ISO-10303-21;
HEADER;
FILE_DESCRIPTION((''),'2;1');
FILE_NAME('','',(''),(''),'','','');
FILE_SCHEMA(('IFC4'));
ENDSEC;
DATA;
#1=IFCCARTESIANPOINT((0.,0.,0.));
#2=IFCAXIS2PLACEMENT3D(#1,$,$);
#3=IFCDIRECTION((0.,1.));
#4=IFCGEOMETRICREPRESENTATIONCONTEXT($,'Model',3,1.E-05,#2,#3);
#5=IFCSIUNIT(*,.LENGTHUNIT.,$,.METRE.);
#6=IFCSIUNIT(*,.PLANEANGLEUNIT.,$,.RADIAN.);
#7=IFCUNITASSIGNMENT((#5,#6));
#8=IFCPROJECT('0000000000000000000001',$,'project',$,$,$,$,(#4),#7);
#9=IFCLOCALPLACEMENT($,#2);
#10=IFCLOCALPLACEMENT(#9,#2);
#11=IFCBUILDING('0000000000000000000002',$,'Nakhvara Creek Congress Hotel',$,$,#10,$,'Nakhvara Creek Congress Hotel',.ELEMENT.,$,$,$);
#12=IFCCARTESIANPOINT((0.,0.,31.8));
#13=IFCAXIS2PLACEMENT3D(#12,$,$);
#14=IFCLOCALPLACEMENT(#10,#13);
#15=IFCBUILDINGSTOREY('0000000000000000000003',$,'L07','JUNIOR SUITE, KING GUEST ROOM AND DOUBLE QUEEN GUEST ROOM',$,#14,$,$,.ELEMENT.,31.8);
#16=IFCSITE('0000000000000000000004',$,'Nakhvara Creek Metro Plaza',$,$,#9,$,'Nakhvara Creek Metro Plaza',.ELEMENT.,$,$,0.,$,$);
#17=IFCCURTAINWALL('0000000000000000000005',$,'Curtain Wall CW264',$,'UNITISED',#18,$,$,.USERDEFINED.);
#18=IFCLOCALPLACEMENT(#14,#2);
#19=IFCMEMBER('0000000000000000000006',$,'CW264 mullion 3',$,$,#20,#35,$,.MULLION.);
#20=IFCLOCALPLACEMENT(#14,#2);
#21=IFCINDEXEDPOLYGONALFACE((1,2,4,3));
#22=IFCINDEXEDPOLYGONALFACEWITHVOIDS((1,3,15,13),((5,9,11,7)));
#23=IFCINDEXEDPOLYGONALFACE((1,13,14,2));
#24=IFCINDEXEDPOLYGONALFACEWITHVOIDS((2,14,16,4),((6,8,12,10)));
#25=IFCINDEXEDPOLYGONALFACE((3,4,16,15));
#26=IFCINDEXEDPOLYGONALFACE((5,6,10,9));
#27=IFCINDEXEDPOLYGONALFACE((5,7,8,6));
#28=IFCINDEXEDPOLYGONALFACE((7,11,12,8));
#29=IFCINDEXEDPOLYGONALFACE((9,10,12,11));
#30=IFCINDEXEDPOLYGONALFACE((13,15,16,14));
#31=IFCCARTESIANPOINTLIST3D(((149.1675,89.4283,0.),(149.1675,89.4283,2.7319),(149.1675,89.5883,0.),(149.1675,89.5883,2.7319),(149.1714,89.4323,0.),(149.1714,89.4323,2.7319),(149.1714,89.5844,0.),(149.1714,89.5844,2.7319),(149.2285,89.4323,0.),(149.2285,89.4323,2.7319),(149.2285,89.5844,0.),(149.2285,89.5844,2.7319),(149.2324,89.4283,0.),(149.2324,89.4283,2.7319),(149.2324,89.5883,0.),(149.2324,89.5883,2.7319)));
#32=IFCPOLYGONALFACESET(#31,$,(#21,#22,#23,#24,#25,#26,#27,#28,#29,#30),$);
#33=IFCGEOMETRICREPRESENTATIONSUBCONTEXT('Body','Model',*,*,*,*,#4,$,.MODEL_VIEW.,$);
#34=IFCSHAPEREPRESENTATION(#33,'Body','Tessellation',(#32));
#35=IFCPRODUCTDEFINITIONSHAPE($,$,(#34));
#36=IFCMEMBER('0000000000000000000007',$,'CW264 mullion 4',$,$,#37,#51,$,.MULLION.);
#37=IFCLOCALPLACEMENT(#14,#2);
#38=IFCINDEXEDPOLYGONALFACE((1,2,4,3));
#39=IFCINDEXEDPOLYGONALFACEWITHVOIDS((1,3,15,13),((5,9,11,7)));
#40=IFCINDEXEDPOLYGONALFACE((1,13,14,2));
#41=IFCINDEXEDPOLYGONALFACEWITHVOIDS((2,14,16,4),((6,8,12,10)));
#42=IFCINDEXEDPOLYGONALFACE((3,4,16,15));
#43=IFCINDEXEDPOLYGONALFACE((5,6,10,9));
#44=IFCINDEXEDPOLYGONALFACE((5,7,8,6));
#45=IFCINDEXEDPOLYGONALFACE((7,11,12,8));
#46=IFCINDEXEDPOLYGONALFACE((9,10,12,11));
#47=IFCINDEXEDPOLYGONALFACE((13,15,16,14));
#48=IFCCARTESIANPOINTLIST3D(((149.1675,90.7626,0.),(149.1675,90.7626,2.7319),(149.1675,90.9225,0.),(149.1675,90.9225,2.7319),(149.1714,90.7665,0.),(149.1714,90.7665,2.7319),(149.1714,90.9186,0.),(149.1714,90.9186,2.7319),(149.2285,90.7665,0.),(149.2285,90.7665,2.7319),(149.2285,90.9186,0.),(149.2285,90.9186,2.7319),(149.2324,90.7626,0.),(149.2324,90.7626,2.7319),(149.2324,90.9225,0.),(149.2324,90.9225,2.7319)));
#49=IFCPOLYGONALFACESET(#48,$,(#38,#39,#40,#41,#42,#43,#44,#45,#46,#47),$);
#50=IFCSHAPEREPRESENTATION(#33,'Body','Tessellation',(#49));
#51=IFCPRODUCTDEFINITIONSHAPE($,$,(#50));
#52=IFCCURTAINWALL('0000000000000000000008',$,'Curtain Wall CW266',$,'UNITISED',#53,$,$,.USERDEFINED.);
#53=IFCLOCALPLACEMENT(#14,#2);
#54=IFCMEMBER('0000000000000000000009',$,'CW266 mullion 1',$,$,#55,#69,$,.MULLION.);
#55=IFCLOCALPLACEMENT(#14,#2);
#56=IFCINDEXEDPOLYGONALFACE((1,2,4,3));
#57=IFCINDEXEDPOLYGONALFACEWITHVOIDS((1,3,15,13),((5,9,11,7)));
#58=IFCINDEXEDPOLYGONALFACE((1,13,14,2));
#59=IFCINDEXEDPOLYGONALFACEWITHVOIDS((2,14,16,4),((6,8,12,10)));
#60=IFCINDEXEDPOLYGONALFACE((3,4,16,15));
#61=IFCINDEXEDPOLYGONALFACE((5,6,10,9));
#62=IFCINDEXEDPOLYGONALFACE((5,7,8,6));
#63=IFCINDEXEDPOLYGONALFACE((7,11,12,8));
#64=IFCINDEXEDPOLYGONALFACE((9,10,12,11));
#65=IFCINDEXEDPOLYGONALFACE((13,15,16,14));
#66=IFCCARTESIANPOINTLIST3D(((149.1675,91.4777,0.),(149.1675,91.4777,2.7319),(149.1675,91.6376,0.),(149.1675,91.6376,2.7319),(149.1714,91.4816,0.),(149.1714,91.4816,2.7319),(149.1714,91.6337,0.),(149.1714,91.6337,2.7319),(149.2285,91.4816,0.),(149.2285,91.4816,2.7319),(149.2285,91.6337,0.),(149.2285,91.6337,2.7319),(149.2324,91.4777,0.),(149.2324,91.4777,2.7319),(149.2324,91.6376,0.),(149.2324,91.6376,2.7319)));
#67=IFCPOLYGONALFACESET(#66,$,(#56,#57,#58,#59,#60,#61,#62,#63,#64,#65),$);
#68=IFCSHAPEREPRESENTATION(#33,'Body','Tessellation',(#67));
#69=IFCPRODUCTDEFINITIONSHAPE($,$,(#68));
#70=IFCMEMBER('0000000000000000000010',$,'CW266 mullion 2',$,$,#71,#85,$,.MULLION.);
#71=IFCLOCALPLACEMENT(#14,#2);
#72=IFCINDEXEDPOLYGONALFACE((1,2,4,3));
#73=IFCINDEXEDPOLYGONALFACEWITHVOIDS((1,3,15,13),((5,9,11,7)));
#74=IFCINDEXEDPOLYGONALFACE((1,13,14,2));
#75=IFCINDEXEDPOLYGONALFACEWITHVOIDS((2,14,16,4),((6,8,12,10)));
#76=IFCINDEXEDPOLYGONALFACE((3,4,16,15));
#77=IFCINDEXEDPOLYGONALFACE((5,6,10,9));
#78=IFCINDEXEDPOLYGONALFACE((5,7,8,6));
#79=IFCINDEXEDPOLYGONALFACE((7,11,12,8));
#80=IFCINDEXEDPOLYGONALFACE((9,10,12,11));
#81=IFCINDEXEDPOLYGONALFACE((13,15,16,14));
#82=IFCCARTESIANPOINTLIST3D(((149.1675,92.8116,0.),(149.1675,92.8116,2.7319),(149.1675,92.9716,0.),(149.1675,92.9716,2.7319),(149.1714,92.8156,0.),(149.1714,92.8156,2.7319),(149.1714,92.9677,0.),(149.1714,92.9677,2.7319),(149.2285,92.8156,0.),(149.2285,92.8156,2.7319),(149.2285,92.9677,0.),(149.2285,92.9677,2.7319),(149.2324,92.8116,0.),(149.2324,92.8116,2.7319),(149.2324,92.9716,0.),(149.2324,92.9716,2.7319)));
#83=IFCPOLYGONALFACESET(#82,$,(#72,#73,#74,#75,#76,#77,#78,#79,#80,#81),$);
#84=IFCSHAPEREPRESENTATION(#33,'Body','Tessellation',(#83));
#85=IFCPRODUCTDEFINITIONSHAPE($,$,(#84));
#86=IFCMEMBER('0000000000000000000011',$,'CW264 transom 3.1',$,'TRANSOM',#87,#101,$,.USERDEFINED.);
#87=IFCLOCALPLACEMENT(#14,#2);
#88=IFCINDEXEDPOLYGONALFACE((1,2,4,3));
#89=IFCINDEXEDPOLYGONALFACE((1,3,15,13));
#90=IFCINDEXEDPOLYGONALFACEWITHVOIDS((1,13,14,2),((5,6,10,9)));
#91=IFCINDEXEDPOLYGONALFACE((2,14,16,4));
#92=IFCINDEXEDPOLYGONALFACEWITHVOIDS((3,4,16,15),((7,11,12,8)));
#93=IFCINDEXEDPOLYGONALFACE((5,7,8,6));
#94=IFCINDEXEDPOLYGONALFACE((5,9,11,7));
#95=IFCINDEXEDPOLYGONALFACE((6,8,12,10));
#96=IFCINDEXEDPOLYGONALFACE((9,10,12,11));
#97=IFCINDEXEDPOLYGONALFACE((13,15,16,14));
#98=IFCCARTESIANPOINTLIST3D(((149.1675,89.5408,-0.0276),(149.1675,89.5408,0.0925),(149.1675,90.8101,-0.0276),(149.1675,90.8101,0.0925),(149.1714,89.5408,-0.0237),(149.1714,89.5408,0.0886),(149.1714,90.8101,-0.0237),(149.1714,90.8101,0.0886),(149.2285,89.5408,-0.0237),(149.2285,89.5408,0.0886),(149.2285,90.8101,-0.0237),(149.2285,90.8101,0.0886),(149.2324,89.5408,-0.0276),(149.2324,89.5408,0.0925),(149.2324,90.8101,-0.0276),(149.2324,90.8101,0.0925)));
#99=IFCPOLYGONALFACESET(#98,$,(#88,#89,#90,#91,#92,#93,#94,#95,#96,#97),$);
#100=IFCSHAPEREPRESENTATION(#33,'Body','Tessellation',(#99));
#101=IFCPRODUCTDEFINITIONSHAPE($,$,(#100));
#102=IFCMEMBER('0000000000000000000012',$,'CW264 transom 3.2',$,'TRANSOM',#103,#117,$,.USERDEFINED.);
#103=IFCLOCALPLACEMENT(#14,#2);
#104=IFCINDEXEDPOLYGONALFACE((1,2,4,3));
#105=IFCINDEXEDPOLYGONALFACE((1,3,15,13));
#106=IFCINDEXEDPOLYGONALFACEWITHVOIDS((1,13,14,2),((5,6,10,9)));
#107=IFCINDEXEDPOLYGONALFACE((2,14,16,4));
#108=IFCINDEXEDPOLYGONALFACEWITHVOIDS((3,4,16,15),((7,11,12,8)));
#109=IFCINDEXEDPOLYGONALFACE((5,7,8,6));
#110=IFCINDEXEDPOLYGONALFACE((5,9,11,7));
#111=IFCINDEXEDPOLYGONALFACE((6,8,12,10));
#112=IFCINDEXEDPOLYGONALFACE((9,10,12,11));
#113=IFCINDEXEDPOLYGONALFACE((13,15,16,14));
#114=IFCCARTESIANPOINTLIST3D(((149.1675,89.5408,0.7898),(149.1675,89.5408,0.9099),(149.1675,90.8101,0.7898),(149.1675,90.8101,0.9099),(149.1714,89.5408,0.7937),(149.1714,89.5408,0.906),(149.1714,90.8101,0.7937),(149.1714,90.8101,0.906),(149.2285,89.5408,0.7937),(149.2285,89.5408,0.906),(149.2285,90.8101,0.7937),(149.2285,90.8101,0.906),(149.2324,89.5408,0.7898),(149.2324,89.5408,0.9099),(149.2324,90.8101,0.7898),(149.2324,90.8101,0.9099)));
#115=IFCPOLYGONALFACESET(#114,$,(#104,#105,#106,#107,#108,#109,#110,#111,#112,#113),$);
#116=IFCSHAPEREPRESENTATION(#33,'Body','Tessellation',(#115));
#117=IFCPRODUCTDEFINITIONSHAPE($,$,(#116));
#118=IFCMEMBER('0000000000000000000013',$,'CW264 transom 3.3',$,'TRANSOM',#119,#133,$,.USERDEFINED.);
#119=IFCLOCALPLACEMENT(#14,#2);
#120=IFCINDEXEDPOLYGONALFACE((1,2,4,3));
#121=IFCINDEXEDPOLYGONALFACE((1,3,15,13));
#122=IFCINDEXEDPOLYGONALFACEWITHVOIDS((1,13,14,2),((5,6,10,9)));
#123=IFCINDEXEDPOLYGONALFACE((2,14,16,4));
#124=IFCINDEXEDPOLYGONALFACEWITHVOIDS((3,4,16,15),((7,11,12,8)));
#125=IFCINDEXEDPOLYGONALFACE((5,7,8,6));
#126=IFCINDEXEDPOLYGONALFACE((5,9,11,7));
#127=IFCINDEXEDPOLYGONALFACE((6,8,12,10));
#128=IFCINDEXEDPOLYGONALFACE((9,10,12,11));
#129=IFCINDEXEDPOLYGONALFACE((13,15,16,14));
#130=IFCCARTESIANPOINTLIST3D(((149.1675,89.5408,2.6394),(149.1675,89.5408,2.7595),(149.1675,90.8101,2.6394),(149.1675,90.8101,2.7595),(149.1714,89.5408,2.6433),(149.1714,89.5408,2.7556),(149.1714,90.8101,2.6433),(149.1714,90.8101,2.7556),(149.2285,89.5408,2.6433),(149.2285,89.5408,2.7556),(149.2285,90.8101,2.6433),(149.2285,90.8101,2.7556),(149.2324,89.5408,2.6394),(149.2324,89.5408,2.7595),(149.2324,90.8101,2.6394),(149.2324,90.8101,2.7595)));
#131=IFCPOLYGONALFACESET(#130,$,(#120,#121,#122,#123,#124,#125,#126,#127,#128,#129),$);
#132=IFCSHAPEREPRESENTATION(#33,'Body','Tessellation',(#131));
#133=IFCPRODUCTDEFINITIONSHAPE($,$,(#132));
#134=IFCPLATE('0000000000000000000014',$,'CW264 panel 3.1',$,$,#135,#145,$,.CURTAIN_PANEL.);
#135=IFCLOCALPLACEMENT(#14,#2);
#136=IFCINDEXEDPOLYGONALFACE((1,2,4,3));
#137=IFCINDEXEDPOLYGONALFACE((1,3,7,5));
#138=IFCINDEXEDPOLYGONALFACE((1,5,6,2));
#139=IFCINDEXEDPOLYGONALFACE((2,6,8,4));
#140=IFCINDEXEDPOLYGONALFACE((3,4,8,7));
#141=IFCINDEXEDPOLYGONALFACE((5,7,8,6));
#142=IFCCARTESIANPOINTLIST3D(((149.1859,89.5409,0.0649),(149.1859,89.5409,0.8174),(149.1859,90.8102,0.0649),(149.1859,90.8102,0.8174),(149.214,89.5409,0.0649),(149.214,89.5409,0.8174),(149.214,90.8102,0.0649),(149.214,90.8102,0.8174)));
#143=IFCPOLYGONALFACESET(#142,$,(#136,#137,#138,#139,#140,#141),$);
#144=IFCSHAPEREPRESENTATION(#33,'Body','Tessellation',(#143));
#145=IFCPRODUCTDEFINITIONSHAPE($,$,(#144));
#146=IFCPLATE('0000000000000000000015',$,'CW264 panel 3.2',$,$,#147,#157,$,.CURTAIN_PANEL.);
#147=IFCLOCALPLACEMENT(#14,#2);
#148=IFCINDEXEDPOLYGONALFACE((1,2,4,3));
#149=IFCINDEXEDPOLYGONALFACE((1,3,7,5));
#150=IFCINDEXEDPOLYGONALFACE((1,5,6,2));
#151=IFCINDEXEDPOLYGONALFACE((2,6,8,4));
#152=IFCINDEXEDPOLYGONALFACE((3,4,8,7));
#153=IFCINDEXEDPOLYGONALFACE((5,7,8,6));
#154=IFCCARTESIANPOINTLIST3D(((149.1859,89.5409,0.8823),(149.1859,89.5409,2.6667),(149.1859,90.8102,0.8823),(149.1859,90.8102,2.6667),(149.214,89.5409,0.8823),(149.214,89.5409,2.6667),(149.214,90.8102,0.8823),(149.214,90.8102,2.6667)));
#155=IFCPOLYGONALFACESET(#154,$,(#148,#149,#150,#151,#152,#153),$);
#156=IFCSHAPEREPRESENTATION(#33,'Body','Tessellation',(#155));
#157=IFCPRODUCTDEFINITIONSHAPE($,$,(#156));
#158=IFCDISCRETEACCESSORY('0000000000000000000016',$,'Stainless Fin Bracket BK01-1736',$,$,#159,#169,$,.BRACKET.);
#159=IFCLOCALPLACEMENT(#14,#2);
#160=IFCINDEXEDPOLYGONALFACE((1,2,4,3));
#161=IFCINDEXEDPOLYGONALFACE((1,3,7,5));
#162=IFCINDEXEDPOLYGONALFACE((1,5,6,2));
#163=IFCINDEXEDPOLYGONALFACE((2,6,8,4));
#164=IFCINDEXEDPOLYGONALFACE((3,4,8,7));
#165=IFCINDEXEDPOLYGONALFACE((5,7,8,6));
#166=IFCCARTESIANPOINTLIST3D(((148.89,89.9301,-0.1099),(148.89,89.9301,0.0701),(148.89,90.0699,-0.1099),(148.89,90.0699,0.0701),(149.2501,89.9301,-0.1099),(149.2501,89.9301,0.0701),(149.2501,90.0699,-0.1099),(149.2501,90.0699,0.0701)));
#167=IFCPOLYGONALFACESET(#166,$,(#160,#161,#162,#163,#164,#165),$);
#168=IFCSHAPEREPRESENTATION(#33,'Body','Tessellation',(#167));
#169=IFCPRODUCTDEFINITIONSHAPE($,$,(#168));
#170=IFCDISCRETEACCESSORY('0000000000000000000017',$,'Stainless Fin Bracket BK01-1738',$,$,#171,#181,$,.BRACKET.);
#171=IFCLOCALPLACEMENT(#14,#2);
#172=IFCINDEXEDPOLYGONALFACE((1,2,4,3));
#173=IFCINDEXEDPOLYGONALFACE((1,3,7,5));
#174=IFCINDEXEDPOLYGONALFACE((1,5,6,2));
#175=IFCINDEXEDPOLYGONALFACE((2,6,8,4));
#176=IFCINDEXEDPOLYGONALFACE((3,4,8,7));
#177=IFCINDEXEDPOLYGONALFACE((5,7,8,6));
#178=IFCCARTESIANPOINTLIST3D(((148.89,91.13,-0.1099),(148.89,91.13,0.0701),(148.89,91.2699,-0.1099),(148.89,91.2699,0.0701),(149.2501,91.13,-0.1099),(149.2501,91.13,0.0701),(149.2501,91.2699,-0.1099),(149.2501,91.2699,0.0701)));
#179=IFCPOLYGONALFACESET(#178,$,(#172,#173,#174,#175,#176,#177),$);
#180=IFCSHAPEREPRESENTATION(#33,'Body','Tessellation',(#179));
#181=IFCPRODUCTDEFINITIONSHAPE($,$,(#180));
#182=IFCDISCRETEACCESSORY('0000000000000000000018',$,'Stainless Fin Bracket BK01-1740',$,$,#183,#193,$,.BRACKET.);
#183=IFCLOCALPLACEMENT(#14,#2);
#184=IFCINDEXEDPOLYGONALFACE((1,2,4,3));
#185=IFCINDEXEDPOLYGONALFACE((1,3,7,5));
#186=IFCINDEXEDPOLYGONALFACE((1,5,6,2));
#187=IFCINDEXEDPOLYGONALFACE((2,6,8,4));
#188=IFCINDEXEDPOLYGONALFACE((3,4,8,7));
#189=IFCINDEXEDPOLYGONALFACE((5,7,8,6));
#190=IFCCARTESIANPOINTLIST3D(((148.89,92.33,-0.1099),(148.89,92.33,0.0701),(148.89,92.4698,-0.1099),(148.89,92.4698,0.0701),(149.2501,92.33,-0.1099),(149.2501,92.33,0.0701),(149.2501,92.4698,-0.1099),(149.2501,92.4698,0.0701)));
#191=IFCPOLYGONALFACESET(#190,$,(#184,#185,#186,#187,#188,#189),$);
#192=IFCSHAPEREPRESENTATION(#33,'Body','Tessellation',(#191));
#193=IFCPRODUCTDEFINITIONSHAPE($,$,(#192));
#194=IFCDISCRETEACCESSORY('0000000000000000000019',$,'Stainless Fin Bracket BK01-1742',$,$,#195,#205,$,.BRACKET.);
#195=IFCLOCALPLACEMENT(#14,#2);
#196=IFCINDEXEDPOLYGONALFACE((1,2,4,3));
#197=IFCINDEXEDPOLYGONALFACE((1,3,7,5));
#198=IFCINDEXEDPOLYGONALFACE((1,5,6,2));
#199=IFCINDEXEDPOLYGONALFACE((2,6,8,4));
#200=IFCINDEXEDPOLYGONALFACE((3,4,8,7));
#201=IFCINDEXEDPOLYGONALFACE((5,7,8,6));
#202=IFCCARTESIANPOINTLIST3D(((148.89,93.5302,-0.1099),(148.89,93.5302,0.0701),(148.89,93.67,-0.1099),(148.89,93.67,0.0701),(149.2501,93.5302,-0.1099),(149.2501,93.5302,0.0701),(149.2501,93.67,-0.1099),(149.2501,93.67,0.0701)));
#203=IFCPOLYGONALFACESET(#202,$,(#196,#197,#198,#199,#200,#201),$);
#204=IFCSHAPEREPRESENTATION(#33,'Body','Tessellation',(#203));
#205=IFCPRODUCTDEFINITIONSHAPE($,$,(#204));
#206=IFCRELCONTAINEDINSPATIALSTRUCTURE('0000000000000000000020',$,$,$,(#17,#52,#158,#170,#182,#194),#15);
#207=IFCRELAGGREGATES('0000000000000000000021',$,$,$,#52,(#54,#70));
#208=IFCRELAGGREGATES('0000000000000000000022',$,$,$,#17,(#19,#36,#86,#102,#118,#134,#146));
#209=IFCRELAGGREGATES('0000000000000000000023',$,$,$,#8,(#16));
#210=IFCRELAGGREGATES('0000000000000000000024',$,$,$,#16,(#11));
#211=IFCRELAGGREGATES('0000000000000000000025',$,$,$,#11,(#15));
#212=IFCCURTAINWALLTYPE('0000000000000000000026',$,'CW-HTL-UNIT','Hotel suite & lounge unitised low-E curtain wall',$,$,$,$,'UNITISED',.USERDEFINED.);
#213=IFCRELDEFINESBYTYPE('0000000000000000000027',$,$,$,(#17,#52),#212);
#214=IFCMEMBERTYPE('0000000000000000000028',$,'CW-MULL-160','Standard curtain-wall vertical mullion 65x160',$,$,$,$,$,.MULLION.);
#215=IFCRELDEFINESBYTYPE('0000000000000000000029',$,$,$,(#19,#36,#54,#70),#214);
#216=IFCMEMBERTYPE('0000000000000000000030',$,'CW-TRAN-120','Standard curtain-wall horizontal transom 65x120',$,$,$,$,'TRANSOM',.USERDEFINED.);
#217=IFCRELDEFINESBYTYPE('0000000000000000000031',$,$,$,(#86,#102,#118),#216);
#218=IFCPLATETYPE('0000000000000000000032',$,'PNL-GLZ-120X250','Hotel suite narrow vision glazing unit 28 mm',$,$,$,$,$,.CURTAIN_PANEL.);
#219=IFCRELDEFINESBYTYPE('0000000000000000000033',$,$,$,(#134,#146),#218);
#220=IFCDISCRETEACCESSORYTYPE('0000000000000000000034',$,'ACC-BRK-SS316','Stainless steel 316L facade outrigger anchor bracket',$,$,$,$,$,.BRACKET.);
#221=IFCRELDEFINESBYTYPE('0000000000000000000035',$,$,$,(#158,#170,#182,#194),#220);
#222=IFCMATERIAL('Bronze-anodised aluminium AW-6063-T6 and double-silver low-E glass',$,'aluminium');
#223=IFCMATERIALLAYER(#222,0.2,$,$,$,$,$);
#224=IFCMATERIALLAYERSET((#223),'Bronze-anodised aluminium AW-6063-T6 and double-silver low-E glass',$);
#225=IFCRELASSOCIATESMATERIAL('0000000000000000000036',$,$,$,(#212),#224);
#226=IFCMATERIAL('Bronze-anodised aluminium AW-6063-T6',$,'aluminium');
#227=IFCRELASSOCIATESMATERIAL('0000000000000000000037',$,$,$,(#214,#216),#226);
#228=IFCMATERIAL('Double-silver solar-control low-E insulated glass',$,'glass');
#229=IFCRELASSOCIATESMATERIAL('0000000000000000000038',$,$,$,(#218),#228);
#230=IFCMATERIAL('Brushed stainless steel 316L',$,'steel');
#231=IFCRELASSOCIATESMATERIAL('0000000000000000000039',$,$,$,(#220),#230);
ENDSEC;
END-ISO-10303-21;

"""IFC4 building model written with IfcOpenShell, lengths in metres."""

from ifc_helpers import new_model, si_unit, direction, frame, origin, origin_2d, place, context, subcontext, project, spatial, rectangle, hollow_rectangle, extrude, material, layer, layer_set, material_profile, profile_set, type_object, element, aggregate, save


model = new_model("IFC4")

# Units and contexts
model_context = context("Model", 3, precision=1e-05, world=origin(), true_north=direction((0.0, 1.0)))
body_context = subcontext(model_context, "Body", "Model", "MODEL_VIEW")
ifc_project = project(units=[si_unit("LENGTHUNIT", "METRE"), si_unit("PLANEANGLEUNIT", "RADIAN")], contexts=[model_context])

# Site, building, storey
site_placement = place(None, origin())
site = spatial("IfcSite", under=ifc_project, at=site_placement, Name="Nakhvara Creek Metro Plaza", LongName="Nakhvara Creek Metro Plaza", CompositionType="ELEMENT", RefElevation=0.0)
building_placement = place(site_placement, origin())
building = spatial("IfcBuilding", under=site, at=building_placement, Name="Nakhvara Creek Congress Hotel", LongName="Nakhvara Creek Congress Hotel", CompositionType="ELEMENT")
storey_placement = place(building_placement, frame((0.0, 0.0, 31.8)))
storey = spatial("IfcBuildingStorey", under=building, at=storey_placement, Name="L07", Description="JUNIOR SUITE, KING GUEST ROOM AND DOUBLE QUEEN GUEST ROOM", CompositionType="ELEMENT", Elevation=31.8)

# Curtain walls, members
ifc_material_1 = material(Name="Bronze-anodised aluminium AW-6063-T6 and double-silver low-E glass", Category="aluminium")
ifc_layer = layer(ifc_material_1, 0.2)
ifc_layer_set = layer_set([ifc_layer], Name="Bronze-anodised aluminium AW-6063-T6 and double-silver low-E glass")
curtain_wall_type = type_object("IfcCurtainWallType", Name="CW-HTL-UNIT", Description="Hotel suite & lounge unitised low-E curtain wall", ElementType="UNITISED", PredefinedType="USERDEFINED", material=ifc_layer_set)
curtain_wall_1_placement = place(storey_placement, origin())
curtain_wall_1 = element("IfcCurtainWall", 1, at=curtain_wall_1_placement, inside=storey, type_object=curtain_wall_type, Name="Curtain Wall CW264", ObjectType="UNITISED", PredefinedType="USERDEFINED")
ifc_material_2 = material(Name="Bronze-anodised aluminium AW-6063-T6", Category="aluminium")
ifc_material_profile_1 = material_profile(ifc_material_2, hollow_rectangle(XDim=0.0649, YDim=0.1599, WallThickness=0.0039, at=origin_2d()), Name="ALU-MULL 65x160x4", Category="LoadBearing")
ifc_profile_set_1 = profile_set([ifc_material_profile_1], Name="Bronze-anodised aluminium AW-6063-T6")
member_type_1 = type_object("IfcMemberType", Name="CW-MULL-160", Description="Standard curtain-wall vertical mullion 65x160", PredefinedType="MULLION", material=ifc_profile_set_1)
member_1_placement = place(storey_placement, frame((149.2, 89.5083, 0.0), z_axis=(0.0, 0.0, 1.0), x_axis=(-1.0, 0.0, 0.0)))
member_1 = element("IfcMember", 2, at=member_1_placement, type_object=member_type_1, Name="CW264 mullion 3", PredefinedType="MULLION", context=body_context, shape_type="SweptSolid", body=[
    extrude(hollow_rectangle(XDim=0.0649, YDim=0.1599, WallThickness=0.0039, at=origin_2d()), origin(), (0.0, 0.0, 1.0), 2.7319),
])
member_2_placement = place(storey_placement, frame((149.2, 90.8425, 0.0), z_axis=(0.0, 0.0, 1.0), x_axis=(-1.0, 0.0, 0.0)))
member_2 = element("IfcMember", 3, at=member_2_placement, type_object=member_type_1, Name="CW264 mullion 4", PredefinedType="MULLION", context=body_context, shape_type="SweptSolid", body=[
    extrude(hollow_rectangle(XDim=0.0649, YDim=0.1599, WallThickness=0.0039, at=origin_2d()), origin(), (0.0, 0.0, 1.0), 2.7319),
])
curtain_wall_2_placement = place(storey_placement, origin())
curtain_wall_2 = element("IfcCurtainWall", 4, at=curtain_wall_2_placement, inside=storey, type_object=curtain_wall_type, Name="Curtain Wall CW266", ObjectType="UNITISED", PredefinedType="USERDEFINED")
member_3_placement = place(storey_placement, frame((149.2, 91.5576, 0.0), z_axis=(0.0, 0.0, 1.0), x_axis=(-1.0, 0.0, 0.0)))
member_3 = element("IfcMember", 5, at=member_3_placement, type_object=member_type_1, Name="CW266 mullion 1", PredefinedType="MULLION", context=body_context, shape_type="SweptSolid", body=[
    extrude(hollow_rectangle(XDim=0.0649, YDim=0.1599, WallThickness=0.0039, at=origin_2d()), origin(), (0.0, 0.0, 1.0), 2.7319),
])
member_4_placement = place(storey_placement, frame((149.2, 92.8916, 0.0), z_axis=(0.0, 0.0, 1.0), x_axis=(-1.0, 0.0, 0.0)))
member_4 = element("IfcMember", 6, at=member_4_placement, type_object=member_type_1, Name="CW266 mullion 2", PredefinedType="MULLION", context=body_context, shape_type="SweptSolid", body=[
    extrude(hollow_rectangle(XDim=0.0649, YDim=0.1599, WallThickness=0.0039, at=origin_2d()), origin(), (0.0, 0.0, 1.0), 2.7319),
])
aggregate(curtain_wall_2, [member_3, member_4])

# Members
ifc_material_profile_2 = material_profile(ifc_material_2, hollow_rectangle(XDim=0.0649, YDim=0.1201, WallThickness=0.0039, at=origin_2d()), Name="ALU-TRAN 65x120x4", Category="LoadBearing")
ifc_profile_set_2 = profile_set([ifc_material_profile_2], Name="Bronze-anodised aluminium AW-6063-T6")
member_type_2 = type_object("IfcMemberType", Name="CW-TRAN-120", Description="Standard curtain-wall horizontal transom 65x120", ElementType="TRANSOM", PredefinedType="USERDEFINED", material=ifc_profile_set_2)
member_5_placement = place(storey_placement, frame((149.2, 89.5408, 0.0325), z_axis=(0.0, 1.0, 0.0), x_axis=(-1.0, 0.0, 0.0)))
member_5 = element("IfcMember", 7, at=member_5_placement, type_object=member_type_2, Name="CW264 transom 3.1", ObjectType="TRANSOM", PredefinedType="USERDEFINED", context=body_context, shape_type="SweptSolid", body=[
    extrude(hollow_rectangle(XDim=0.0649, YDim=0.1201, WallThickness=0.0039, at=origin_2d()), origin(), (0.0, 0.0, 1.0), 1.2693),
])
member_6_placement = place(storey_placement, frame((149.2, 89.5408, 0.8499), z_axis=(0.0, 1.0, 0.0), x_axis=(-1.0, 0.0, 0.0)))
member_6 = element("IfcMember", 8, at=member_6_placement, type_object=member_type_2, Name="CW264 transom 3.2", ObjectType="TRANSOM", PredefinedType="USERDEFINED", context=body_context, shape_type="SweptSolid", body=[
    extrude(hollow_rectangle(XDim=0.0649, YDim=0.1201, WallThickness=0.0039, at=origin_2d()), origin(), (0.0, 0.0, 1.0), 1.2693),
])
member_7_placement = place(storey_placement, frame((149.2, 89.5408, 2.6995), z_axis=(0.0, 1.0, 0.0), x_axis=(-1.0, 0.0, 0.0)))
member_7 = element("IfcMember", 9, at=member_7_placement, type_object=member_type_2, Name="CW264 transom 3.3", ObjectType="TRANSOM", PredefinedType="USERDEFINED", context=body_context, shape_type="SweptSolid", body=[
    extrude(hollow_rectangle(XDim=0.0649, YDim=0.1201, WallThickness=0.0039, at=origin_2d()), origin(), (0.0, 0.0, 1.0), 1.2693),
])

# Plates
ifc_material_3 = material(Name="Double-silver solar-control low-E insulated glass", Category="glass")
plate_type = type_object("IfcPlateType", Name="PNL-GLZ-120X250", Description="Hotel suite narrow vision glazing unit 28 mm", PredefinedType="CURTAIN_PANEL", material=ifc_material_3)
plate_1_placement = place(storey_placement, frame((149.2, 90.1755, 0.0649), z_axis=(0.0, 0.0, 1.0), x_axis=(0.0, 1.0, 0.0)))
plate_1 = element("IfcPlate", 10, at=plate_1_placement, type_object=plate_type, Name="CW264 panel 3.1", PredefinedType="CURTAIN_PANEL", context=body_context, shape_type="SweptSolid", body=[
    extrude(rectangle(XDim=1.2693, YDim=0.0281, at=origin_2d()), origin(), (0.0, 0.0, 1.0), 0.7524),
])
plate_2_placement = place(storey_placement, frame((149.2, 90.1755, 0.8823), z_axis=(0.0, 0.0, 1.0), x_axis=(0.0, 1.0, 0.0)))
plate_2 = element("IfcPlate", 11, at=plate_2_placement, type_object=plate_type, Name="CW264 panel 3.2", PredefinedType="CURTAIN_PANEL", context=body_context, shape_type="SweptSolid", body=[
    extrude(rectangle(XDim=1.2693, YDim=0.0281, at=origin_2d()), origin(), (0.0, 0.0, 1.0), 1.7844),
])
aggregate(curtain_wall_1, [member_1, member_2, member_5, member_6, member_7, plate_1, plate_2])

# Discrete accessories
ifc_material_4 = material(Name="Brushed stainless steel 316L", Category="steel")
discrete_accessory_type = type_object("IfcDiscreteAccessoryType", Name="ACC-BRK-SS316", Description="Stainless steel 316L facade outrigger anchor bracket", PredefinedType="BRACKET", material=ifc_material_4)
for number, where, z_axis, x_axis, name in (
    (12, (149.0701, 90.0, -0.1099), (0.0, 0.0, 1.0), (0.0, 1.0, 0.0), "Stainless Fin Bracket BK01-1736"),
    (13, (149.0701, 91.2, -0.1099), (0.0, 0.0, 1.0), (0.0, 1.0, 0.0), "Stainless Fin Bracket BK01-1738"),
    (14, (149.0701, 92.3999, -0.1099), (0.0, 0.0, 1.0), (0.0, 1.0, 0.0), "Stainless Fin Bracket BK01-1740"),
    (15, (149.0701, 93.6001, -0.1099), (0.0, 0.0, 1.0), (0.0, 1.0, 0.0), "Stainless Fin Bracket BK01-1742"),
):
    element("IfcDiscreteAccessory", number, at=place(storey_placement, frame(where, z_axis=z_axis, x_axis=x_axis)), inside=storey, type_object=discrete_accessory_type, Name=name, PredefinedType="BRACKET", context=body_context, shape_type="SweptSolid", body=[
        extrude(rectangle(XDim=0.1399, YDim=0.3601, at=origin_2d()), origin(), (0.0, 0.0, 1.0), 0.1799),
    ])

save(model, "model.ifc")
